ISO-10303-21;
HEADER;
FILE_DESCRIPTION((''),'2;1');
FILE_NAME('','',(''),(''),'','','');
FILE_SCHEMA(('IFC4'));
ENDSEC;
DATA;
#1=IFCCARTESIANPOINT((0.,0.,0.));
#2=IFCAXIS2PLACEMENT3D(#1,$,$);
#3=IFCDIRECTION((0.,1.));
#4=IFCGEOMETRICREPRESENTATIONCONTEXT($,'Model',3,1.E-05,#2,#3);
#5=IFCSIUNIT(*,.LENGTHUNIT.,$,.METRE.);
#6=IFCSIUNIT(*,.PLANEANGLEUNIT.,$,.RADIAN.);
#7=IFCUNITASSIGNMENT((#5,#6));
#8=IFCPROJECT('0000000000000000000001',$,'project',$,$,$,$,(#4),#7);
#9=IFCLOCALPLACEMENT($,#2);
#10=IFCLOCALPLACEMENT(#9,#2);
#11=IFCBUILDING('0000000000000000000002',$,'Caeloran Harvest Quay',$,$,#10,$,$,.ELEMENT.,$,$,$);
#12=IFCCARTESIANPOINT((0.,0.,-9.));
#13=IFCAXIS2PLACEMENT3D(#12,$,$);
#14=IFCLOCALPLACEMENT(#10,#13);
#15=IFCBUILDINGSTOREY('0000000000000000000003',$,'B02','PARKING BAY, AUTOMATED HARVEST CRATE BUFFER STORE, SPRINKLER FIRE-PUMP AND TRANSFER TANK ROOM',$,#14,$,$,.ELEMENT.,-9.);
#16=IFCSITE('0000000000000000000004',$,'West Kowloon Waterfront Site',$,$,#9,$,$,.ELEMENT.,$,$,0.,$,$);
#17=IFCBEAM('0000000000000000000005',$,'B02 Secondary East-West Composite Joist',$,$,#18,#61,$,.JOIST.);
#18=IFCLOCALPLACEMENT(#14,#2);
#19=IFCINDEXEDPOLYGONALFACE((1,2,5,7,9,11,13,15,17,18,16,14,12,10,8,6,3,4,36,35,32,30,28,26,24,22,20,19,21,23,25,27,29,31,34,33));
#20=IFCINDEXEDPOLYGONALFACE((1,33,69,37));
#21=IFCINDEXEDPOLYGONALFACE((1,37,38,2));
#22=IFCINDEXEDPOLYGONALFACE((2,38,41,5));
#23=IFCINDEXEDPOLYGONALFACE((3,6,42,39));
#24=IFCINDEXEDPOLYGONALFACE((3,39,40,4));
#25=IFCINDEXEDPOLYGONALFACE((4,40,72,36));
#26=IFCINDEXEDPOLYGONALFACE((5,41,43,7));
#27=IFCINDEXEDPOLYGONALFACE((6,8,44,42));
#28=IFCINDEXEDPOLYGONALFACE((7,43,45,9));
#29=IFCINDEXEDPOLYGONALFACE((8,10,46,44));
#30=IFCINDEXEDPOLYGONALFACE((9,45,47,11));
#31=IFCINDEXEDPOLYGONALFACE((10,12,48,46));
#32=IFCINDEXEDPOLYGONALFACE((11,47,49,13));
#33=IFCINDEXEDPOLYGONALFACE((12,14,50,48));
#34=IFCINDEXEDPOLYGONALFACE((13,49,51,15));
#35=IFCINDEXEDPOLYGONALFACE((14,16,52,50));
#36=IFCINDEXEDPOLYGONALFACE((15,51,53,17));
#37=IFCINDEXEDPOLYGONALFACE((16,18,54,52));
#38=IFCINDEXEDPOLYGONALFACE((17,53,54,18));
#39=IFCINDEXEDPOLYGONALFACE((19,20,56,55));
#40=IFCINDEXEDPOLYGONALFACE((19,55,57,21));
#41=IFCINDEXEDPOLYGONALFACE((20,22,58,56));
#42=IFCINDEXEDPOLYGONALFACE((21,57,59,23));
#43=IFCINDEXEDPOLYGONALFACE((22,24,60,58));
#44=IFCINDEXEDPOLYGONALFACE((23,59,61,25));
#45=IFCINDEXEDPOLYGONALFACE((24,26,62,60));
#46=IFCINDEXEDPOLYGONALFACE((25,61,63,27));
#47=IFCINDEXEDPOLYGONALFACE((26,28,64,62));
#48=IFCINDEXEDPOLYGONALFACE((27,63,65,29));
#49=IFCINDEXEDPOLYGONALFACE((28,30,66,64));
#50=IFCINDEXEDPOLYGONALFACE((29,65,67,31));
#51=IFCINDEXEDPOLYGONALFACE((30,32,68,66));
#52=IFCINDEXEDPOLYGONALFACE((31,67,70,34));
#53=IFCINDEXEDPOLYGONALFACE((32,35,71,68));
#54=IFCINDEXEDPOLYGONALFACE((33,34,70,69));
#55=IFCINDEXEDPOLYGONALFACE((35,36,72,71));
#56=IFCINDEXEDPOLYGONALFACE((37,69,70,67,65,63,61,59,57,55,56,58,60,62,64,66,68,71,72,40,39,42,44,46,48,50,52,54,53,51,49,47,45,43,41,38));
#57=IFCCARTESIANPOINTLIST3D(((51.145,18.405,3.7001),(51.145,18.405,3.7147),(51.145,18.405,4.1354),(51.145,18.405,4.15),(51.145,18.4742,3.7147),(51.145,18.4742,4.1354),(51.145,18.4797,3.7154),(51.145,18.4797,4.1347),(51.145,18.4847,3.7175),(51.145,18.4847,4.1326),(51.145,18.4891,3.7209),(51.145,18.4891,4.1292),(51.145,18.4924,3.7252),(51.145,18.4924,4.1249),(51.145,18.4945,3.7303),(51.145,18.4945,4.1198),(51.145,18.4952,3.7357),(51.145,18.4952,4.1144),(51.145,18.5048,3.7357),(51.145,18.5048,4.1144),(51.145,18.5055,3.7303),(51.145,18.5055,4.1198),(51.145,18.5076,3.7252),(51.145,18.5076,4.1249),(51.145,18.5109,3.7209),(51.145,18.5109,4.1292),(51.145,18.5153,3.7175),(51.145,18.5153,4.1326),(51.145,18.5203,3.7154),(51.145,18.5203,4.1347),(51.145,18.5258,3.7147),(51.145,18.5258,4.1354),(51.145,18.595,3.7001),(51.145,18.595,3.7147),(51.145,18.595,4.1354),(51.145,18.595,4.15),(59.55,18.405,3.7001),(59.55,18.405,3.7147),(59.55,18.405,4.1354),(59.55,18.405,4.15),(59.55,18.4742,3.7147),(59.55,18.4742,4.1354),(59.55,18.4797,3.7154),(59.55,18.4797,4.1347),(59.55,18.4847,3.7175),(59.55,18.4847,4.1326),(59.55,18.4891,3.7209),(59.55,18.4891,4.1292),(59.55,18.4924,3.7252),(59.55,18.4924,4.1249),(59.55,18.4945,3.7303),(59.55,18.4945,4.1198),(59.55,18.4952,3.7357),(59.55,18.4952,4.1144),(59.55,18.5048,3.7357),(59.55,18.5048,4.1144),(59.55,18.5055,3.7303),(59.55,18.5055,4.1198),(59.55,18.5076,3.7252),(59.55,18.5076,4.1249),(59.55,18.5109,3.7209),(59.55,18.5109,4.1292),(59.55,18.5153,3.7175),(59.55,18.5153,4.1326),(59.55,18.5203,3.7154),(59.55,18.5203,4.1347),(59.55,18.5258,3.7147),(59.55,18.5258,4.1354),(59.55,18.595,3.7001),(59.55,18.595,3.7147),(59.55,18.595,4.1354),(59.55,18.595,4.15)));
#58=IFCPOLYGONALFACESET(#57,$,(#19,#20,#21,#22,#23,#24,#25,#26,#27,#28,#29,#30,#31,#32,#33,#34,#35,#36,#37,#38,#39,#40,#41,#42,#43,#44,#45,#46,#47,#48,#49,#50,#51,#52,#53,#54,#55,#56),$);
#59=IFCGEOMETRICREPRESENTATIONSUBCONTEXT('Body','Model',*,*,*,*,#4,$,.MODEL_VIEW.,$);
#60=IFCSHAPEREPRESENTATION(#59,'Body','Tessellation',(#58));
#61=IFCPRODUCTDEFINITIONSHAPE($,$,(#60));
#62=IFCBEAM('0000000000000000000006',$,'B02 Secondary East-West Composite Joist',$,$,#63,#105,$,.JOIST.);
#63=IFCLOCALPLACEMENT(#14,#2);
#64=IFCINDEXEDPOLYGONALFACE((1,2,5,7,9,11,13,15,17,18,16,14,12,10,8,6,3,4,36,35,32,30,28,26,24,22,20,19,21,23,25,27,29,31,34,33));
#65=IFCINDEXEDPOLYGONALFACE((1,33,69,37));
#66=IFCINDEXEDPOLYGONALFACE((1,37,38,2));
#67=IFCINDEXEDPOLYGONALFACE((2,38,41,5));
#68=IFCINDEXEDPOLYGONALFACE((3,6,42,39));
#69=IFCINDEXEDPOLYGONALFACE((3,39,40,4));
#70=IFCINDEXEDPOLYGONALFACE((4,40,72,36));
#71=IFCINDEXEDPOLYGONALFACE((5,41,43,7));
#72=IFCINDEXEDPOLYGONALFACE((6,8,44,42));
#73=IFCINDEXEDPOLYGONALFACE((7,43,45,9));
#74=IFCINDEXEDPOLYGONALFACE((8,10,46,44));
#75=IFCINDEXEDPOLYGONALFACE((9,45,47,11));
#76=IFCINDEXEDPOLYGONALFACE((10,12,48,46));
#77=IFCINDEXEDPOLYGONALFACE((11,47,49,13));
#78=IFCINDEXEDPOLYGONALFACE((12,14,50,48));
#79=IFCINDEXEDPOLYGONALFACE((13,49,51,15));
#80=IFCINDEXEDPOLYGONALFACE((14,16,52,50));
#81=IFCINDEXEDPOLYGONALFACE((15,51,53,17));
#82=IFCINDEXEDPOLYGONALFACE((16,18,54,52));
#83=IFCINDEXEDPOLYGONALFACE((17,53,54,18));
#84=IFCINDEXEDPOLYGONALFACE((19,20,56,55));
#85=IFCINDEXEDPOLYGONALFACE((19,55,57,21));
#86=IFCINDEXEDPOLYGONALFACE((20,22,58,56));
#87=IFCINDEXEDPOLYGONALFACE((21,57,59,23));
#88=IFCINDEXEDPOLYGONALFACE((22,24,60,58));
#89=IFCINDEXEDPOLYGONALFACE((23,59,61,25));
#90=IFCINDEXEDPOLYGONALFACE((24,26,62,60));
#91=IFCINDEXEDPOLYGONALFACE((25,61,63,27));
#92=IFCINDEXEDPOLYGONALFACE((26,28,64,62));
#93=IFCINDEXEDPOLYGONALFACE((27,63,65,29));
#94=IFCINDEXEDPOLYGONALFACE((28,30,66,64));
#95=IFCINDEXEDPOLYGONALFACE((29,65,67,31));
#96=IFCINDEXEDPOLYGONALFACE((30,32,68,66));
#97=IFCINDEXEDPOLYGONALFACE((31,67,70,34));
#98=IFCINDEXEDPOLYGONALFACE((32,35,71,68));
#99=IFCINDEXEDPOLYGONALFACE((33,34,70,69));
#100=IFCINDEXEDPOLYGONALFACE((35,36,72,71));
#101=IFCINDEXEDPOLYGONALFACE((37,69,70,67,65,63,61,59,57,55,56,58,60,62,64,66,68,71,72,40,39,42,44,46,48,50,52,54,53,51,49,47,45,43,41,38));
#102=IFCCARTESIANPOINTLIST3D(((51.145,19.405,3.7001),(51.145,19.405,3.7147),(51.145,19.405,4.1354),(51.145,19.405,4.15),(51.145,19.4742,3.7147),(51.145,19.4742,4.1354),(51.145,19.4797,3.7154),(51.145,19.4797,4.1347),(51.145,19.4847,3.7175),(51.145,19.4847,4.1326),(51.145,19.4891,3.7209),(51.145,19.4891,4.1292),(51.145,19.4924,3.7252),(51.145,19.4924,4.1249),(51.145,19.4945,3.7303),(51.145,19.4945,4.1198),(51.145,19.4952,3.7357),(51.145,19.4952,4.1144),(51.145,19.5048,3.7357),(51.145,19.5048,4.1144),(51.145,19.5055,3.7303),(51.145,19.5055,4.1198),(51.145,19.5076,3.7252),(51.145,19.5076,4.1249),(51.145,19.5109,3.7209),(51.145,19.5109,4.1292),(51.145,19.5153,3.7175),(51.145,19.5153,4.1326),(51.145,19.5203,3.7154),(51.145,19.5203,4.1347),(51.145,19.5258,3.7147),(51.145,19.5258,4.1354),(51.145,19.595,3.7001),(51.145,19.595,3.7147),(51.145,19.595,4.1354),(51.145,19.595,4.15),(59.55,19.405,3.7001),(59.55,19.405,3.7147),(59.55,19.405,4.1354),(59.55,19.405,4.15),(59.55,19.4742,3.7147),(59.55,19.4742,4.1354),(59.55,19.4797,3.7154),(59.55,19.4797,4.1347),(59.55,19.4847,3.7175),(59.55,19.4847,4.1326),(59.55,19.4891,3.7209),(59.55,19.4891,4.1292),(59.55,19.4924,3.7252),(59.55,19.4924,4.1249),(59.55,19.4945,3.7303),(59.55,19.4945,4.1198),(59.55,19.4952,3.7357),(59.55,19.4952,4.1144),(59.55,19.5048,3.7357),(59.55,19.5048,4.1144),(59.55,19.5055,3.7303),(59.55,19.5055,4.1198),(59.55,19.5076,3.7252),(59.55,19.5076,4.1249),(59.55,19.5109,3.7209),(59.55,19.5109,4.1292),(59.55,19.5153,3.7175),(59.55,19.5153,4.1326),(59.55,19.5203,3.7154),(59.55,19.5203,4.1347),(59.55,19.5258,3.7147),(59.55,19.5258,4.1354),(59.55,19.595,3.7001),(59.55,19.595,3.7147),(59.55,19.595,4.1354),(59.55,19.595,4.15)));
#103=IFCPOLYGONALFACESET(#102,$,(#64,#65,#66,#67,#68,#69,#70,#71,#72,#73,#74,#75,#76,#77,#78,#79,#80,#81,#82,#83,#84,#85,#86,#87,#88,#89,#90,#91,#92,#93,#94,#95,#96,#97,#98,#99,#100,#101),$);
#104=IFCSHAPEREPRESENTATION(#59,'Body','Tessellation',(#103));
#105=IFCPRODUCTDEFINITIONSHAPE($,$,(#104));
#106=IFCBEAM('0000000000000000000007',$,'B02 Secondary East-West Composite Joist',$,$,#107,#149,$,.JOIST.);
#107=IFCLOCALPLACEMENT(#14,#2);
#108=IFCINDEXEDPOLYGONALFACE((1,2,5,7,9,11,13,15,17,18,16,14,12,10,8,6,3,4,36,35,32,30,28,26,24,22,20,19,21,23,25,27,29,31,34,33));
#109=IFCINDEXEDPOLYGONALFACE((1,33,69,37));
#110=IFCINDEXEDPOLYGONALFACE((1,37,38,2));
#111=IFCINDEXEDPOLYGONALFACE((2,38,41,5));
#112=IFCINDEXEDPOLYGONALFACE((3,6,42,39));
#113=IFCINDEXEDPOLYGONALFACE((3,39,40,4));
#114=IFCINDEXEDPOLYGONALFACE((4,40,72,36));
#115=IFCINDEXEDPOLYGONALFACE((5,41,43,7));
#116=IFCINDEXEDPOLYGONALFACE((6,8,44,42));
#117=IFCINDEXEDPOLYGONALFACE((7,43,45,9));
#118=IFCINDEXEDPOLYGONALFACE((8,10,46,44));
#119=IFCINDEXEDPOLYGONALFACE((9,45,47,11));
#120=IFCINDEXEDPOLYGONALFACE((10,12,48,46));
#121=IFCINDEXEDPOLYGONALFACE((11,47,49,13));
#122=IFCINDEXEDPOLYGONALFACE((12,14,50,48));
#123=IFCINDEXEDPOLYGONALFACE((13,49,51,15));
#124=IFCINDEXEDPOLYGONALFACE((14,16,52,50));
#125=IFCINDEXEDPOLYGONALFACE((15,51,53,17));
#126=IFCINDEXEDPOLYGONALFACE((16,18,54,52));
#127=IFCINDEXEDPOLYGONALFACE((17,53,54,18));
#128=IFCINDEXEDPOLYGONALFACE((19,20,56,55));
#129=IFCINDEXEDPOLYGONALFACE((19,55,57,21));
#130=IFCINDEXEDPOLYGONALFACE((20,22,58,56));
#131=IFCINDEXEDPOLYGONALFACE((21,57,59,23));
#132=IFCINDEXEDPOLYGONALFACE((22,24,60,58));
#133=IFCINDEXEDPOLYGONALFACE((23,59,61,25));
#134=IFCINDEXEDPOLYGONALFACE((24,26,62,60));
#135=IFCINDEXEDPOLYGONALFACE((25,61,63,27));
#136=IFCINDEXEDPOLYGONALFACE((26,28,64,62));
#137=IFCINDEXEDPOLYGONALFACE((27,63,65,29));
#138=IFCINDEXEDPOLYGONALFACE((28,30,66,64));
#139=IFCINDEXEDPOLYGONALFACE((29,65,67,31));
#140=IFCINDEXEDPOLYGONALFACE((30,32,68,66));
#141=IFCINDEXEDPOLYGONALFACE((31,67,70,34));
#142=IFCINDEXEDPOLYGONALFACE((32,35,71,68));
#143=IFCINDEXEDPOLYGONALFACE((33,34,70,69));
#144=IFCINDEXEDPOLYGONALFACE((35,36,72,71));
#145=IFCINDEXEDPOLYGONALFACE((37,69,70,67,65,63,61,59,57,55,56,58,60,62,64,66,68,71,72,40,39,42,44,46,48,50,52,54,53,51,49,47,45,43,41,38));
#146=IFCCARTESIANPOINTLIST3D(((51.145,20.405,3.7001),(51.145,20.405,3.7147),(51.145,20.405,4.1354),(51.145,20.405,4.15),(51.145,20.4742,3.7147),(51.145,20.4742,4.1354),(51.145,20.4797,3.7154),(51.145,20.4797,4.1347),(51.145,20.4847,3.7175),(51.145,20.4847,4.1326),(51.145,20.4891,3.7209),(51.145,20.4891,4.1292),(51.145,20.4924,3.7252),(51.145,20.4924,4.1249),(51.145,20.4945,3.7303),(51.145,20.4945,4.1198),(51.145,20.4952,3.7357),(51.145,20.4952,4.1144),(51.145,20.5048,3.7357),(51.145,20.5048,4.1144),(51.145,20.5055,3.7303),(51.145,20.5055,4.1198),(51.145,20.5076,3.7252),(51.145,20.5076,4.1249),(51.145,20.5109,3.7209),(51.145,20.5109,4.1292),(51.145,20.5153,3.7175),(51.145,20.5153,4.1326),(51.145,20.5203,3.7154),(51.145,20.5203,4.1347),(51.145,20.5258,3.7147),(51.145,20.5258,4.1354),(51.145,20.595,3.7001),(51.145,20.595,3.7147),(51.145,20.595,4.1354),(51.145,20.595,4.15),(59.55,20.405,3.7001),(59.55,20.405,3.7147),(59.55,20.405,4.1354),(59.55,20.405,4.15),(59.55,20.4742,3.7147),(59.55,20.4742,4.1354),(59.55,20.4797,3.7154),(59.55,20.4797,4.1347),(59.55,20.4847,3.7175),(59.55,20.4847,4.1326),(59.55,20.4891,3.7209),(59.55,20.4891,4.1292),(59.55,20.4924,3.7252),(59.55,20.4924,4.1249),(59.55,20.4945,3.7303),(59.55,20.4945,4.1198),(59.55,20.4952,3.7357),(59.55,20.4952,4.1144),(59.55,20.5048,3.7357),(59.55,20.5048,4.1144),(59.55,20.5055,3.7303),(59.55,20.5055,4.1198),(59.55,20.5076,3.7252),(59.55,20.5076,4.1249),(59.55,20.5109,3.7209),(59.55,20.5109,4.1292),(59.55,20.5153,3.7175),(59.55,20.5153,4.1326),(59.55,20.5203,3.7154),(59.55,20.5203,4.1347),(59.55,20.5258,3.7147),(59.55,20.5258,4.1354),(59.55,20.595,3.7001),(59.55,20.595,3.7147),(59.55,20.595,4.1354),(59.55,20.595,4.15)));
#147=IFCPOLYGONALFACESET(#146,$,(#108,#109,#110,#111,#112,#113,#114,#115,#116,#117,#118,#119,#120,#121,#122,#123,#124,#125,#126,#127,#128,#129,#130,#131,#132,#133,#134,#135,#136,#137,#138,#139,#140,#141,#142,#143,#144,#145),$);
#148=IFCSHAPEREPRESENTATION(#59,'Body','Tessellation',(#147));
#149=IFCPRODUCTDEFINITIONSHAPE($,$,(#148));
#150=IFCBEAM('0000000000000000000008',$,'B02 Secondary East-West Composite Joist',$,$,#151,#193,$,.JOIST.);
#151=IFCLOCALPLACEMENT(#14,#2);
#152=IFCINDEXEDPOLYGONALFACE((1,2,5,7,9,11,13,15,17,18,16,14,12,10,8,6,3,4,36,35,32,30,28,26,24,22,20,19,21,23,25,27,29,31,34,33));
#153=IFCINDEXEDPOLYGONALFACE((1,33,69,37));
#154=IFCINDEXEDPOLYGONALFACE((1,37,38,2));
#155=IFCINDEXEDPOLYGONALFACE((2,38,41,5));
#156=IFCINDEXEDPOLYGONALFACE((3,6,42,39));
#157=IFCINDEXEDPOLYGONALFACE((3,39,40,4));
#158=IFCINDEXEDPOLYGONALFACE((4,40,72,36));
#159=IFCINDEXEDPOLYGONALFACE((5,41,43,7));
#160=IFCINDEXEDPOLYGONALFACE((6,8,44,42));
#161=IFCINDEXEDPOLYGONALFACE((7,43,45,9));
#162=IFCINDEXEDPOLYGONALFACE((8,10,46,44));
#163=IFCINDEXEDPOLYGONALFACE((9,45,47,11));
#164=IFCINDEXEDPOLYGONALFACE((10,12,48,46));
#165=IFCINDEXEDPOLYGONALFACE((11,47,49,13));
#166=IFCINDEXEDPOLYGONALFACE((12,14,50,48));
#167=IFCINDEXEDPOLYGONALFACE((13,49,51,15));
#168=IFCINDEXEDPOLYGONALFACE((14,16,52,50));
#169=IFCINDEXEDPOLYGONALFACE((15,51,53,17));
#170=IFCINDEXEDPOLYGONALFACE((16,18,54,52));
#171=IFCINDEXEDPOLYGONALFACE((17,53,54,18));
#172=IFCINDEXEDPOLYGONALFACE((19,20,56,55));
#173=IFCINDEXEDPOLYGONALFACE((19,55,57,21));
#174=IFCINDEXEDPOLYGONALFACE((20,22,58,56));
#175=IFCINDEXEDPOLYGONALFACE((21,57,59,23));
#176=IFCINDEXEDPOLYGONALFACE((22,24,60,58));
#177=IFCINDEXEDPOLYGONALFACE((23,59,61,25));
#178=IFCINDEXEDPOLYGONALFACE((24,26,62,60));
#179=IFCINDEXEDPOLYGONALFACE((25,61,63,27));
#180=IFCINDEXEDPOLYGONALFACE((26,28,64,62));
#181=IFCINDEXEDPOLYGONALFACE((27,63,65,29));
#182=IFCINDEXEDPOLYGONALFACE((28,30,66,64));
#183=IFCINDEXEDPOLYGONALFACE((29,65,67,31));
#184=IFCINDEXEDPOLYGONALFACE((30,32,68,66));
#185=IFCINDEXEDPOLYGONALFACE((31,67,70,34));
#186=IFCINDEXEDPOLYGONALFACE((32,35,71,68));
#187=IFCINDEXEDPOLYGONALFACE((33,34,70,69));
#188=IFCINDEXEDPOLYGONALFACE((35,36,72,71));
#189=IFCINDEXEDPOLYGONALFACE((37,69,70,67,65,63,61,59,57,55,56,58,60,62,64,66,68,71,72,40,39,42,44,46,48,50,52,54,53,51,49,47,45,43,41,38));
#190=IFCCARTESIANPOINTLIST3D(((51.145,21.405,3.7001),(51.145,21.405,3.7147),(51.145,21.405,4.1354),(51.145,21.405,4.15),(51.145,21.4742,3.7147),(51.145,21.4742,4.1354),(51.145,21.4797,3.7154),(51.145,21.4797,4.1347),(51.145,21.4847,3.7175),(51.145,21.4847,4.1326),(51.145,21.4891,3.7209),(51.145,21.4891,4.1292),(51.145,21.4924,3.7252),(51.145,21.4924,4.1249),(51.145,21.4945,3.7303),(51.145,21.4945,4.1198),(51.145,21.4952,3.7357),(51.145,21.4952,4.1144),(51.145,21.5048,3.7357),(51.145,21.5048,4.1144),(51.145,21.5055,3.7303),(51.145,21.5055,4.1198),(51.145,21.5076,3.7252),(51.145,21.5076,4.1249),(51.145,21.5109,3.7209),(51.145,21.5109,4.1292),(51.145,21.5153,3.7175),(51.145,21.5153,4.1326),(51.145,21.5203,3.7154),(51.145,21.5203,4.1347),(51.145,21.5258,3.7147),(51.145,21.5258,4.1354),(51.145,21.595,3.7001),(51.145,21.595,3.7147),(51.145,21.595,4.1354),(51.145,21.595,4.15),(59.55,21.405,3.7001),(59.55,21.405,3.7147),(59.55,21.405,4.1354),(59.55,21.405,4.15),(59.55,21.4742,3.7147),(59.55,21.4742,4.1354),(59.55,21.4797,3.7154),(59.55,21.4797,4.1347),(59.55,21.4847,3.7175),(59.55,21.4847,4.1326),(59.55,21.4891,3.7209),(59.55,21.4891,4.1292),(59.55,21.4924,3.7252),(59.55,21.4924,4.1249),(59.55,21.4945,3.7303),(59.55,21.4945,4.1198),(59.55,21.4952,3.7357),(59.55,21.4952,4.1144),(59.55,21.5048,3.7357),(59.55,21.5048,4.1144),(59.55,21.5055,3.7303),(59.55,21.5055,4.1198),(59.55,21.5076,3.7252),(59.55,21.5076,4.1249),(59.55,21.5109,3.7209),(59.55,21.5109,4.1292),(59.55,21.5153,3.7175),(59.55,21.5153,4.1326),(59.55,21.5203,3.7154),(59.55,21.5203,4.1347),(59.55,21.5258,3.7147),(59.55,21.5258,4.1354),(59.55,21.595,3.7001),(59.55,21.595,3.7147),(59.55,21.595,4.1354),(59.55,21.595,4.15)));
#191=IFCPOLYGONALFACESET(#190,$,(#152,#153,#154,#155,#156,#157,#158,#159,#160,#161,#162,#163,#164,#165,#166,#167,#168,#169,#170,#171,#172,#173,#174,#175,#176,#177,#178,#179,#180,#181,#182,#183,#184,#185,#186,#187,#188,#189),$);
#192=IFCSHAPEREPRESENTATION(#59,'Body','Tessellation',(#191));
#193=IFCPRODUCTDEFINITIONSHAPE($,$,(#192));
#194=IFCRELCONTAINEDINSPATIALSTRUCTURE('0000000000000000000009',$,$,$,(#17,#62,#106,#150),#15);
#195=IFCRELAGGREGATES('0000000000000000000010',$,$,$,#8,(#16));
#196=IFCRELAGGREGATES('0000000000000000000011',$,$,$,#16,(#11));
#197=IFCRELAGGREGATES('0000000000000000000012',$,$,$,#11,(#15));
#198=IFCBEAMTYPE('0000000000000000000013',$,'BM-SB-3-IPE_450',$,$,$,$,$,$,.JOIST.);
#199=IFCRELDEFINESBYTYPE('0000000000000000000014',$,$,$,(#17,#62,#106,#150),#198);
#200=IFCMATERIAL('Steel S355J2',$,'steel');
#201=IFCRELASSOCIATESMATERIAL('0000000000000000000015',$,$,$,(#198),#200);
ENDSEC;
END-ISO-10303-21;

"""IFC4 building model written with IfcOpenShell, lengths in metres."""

from ifc_helpers import new_model, si_unit, direction, frame, origin, origin_2d, place, context, subcontext, project, spatial, i_section, extrude, material, material_profile, profile_set, type_object, element, save


model = new_model("IFC4")

# Units and contexts
model_context = context("Model", 3, precision=1e-05, world=origin(), true_north=direction((0.0, 1.0)))
body_context = subcontext(model_context, "Body", "Model", "MODEL_VIEW")
ifc_project = project(units=[si_unit("LENGTHUNIT", "METRE"), si_unit("PLANEANGLEUNIT", "RADIAN")], contexts=[model_context])

# Site, building, storey
site_placement = place(None, origin())
site = spatial("IfcSite", under=ifc_project, at=site_placement, Name="West Kowloon Waterfront Site", CompositionType="ELEMENT", RefElevation=0.0)
building_placement = place(site_placement, origin())
building = spatial("IfcBuilding", under=site, at=building_placement, Name="Caeloran Harvest Quay", CompositionType="ELEMENT")
storey_placement = place(building_placement, frame((0.0, 0.0, -9.0)))
storey = spatial("IfcBuildingStorey", under=building, at=storey_placement, Name="B02", Description="PARKING BAY, AUTOMATED HARVEST CRATE BUFFER STORE, SPRINKLER FIRE-PUMP AND TRANSFER TANK ROOM", CompositionType="ELEMENT", Elevation=-9.0)

# Beams
ifc_material_1 = material(Name="Steel S355J2", Category="steel")
ifc_material_profile_1 = material_profile(ifc_material_1, i_section(OverallWidth=0.1899, OverallDepth=0.45, WebThickness=0.0095, FlangeThickness=0.0146, FilletRadius=0.021, at=origin_2d()), Name="IPE 450")
ifc_profile_set_1 = profile_set([ifc_material_profile_1], Name="Steel S355J2")
beam_type_1 = type_object("IfcBeamType", Name="BM-SB-3-IPE_450", PredefinedType="JOIST", material=ifc_profile_set_1)
for number, where, z_axis, x_axis, name in (
    (1, (51.145, 18.5, 3.925), (1.0, 0.0, 0.0), (0.0, 1.0, 0.0), "B02 Secondary East-West Composite Joist"),
    (2, (51.145, 19.5, 3.925), (1.0, 0.0, 0.0), (0.0, 1.0, 0.0), "B02 Secondary East-West Composite Joist"),
    (3, (51.145, 20.5, 3.925), (1.0, 0.0, 0.0), (0.0, 1.0, 0.0), "B02 Secondary East-West Composite Joist"),
    (4, (51.145, 21.5, 3.925), (1.0, 0.0, 0.0), (0.0, 1.0, 0.0), "B02 Secondary East-West Composite Joist"),
):
    element("IfcBeam", number, at=place(storey_placement, frame(where, z_axis=z_axis, x_axis=x_axis)), inside=storey, type_object=beam_type_1, Name=name, PredefinedType="JOIST", context=body_context, shape_type="SweptSolid", body=[
        extrude(i_section(OverallWidth=0.1899, OverallDepth=0.45, WebThickness=0.0095, FlangeThickness=0.0146, FilletRadius=0.021, at=origin_2d()), origin(), (0.0, 0.0, 1.0), 8.405),
    ])

save(model, "model.ifc")
